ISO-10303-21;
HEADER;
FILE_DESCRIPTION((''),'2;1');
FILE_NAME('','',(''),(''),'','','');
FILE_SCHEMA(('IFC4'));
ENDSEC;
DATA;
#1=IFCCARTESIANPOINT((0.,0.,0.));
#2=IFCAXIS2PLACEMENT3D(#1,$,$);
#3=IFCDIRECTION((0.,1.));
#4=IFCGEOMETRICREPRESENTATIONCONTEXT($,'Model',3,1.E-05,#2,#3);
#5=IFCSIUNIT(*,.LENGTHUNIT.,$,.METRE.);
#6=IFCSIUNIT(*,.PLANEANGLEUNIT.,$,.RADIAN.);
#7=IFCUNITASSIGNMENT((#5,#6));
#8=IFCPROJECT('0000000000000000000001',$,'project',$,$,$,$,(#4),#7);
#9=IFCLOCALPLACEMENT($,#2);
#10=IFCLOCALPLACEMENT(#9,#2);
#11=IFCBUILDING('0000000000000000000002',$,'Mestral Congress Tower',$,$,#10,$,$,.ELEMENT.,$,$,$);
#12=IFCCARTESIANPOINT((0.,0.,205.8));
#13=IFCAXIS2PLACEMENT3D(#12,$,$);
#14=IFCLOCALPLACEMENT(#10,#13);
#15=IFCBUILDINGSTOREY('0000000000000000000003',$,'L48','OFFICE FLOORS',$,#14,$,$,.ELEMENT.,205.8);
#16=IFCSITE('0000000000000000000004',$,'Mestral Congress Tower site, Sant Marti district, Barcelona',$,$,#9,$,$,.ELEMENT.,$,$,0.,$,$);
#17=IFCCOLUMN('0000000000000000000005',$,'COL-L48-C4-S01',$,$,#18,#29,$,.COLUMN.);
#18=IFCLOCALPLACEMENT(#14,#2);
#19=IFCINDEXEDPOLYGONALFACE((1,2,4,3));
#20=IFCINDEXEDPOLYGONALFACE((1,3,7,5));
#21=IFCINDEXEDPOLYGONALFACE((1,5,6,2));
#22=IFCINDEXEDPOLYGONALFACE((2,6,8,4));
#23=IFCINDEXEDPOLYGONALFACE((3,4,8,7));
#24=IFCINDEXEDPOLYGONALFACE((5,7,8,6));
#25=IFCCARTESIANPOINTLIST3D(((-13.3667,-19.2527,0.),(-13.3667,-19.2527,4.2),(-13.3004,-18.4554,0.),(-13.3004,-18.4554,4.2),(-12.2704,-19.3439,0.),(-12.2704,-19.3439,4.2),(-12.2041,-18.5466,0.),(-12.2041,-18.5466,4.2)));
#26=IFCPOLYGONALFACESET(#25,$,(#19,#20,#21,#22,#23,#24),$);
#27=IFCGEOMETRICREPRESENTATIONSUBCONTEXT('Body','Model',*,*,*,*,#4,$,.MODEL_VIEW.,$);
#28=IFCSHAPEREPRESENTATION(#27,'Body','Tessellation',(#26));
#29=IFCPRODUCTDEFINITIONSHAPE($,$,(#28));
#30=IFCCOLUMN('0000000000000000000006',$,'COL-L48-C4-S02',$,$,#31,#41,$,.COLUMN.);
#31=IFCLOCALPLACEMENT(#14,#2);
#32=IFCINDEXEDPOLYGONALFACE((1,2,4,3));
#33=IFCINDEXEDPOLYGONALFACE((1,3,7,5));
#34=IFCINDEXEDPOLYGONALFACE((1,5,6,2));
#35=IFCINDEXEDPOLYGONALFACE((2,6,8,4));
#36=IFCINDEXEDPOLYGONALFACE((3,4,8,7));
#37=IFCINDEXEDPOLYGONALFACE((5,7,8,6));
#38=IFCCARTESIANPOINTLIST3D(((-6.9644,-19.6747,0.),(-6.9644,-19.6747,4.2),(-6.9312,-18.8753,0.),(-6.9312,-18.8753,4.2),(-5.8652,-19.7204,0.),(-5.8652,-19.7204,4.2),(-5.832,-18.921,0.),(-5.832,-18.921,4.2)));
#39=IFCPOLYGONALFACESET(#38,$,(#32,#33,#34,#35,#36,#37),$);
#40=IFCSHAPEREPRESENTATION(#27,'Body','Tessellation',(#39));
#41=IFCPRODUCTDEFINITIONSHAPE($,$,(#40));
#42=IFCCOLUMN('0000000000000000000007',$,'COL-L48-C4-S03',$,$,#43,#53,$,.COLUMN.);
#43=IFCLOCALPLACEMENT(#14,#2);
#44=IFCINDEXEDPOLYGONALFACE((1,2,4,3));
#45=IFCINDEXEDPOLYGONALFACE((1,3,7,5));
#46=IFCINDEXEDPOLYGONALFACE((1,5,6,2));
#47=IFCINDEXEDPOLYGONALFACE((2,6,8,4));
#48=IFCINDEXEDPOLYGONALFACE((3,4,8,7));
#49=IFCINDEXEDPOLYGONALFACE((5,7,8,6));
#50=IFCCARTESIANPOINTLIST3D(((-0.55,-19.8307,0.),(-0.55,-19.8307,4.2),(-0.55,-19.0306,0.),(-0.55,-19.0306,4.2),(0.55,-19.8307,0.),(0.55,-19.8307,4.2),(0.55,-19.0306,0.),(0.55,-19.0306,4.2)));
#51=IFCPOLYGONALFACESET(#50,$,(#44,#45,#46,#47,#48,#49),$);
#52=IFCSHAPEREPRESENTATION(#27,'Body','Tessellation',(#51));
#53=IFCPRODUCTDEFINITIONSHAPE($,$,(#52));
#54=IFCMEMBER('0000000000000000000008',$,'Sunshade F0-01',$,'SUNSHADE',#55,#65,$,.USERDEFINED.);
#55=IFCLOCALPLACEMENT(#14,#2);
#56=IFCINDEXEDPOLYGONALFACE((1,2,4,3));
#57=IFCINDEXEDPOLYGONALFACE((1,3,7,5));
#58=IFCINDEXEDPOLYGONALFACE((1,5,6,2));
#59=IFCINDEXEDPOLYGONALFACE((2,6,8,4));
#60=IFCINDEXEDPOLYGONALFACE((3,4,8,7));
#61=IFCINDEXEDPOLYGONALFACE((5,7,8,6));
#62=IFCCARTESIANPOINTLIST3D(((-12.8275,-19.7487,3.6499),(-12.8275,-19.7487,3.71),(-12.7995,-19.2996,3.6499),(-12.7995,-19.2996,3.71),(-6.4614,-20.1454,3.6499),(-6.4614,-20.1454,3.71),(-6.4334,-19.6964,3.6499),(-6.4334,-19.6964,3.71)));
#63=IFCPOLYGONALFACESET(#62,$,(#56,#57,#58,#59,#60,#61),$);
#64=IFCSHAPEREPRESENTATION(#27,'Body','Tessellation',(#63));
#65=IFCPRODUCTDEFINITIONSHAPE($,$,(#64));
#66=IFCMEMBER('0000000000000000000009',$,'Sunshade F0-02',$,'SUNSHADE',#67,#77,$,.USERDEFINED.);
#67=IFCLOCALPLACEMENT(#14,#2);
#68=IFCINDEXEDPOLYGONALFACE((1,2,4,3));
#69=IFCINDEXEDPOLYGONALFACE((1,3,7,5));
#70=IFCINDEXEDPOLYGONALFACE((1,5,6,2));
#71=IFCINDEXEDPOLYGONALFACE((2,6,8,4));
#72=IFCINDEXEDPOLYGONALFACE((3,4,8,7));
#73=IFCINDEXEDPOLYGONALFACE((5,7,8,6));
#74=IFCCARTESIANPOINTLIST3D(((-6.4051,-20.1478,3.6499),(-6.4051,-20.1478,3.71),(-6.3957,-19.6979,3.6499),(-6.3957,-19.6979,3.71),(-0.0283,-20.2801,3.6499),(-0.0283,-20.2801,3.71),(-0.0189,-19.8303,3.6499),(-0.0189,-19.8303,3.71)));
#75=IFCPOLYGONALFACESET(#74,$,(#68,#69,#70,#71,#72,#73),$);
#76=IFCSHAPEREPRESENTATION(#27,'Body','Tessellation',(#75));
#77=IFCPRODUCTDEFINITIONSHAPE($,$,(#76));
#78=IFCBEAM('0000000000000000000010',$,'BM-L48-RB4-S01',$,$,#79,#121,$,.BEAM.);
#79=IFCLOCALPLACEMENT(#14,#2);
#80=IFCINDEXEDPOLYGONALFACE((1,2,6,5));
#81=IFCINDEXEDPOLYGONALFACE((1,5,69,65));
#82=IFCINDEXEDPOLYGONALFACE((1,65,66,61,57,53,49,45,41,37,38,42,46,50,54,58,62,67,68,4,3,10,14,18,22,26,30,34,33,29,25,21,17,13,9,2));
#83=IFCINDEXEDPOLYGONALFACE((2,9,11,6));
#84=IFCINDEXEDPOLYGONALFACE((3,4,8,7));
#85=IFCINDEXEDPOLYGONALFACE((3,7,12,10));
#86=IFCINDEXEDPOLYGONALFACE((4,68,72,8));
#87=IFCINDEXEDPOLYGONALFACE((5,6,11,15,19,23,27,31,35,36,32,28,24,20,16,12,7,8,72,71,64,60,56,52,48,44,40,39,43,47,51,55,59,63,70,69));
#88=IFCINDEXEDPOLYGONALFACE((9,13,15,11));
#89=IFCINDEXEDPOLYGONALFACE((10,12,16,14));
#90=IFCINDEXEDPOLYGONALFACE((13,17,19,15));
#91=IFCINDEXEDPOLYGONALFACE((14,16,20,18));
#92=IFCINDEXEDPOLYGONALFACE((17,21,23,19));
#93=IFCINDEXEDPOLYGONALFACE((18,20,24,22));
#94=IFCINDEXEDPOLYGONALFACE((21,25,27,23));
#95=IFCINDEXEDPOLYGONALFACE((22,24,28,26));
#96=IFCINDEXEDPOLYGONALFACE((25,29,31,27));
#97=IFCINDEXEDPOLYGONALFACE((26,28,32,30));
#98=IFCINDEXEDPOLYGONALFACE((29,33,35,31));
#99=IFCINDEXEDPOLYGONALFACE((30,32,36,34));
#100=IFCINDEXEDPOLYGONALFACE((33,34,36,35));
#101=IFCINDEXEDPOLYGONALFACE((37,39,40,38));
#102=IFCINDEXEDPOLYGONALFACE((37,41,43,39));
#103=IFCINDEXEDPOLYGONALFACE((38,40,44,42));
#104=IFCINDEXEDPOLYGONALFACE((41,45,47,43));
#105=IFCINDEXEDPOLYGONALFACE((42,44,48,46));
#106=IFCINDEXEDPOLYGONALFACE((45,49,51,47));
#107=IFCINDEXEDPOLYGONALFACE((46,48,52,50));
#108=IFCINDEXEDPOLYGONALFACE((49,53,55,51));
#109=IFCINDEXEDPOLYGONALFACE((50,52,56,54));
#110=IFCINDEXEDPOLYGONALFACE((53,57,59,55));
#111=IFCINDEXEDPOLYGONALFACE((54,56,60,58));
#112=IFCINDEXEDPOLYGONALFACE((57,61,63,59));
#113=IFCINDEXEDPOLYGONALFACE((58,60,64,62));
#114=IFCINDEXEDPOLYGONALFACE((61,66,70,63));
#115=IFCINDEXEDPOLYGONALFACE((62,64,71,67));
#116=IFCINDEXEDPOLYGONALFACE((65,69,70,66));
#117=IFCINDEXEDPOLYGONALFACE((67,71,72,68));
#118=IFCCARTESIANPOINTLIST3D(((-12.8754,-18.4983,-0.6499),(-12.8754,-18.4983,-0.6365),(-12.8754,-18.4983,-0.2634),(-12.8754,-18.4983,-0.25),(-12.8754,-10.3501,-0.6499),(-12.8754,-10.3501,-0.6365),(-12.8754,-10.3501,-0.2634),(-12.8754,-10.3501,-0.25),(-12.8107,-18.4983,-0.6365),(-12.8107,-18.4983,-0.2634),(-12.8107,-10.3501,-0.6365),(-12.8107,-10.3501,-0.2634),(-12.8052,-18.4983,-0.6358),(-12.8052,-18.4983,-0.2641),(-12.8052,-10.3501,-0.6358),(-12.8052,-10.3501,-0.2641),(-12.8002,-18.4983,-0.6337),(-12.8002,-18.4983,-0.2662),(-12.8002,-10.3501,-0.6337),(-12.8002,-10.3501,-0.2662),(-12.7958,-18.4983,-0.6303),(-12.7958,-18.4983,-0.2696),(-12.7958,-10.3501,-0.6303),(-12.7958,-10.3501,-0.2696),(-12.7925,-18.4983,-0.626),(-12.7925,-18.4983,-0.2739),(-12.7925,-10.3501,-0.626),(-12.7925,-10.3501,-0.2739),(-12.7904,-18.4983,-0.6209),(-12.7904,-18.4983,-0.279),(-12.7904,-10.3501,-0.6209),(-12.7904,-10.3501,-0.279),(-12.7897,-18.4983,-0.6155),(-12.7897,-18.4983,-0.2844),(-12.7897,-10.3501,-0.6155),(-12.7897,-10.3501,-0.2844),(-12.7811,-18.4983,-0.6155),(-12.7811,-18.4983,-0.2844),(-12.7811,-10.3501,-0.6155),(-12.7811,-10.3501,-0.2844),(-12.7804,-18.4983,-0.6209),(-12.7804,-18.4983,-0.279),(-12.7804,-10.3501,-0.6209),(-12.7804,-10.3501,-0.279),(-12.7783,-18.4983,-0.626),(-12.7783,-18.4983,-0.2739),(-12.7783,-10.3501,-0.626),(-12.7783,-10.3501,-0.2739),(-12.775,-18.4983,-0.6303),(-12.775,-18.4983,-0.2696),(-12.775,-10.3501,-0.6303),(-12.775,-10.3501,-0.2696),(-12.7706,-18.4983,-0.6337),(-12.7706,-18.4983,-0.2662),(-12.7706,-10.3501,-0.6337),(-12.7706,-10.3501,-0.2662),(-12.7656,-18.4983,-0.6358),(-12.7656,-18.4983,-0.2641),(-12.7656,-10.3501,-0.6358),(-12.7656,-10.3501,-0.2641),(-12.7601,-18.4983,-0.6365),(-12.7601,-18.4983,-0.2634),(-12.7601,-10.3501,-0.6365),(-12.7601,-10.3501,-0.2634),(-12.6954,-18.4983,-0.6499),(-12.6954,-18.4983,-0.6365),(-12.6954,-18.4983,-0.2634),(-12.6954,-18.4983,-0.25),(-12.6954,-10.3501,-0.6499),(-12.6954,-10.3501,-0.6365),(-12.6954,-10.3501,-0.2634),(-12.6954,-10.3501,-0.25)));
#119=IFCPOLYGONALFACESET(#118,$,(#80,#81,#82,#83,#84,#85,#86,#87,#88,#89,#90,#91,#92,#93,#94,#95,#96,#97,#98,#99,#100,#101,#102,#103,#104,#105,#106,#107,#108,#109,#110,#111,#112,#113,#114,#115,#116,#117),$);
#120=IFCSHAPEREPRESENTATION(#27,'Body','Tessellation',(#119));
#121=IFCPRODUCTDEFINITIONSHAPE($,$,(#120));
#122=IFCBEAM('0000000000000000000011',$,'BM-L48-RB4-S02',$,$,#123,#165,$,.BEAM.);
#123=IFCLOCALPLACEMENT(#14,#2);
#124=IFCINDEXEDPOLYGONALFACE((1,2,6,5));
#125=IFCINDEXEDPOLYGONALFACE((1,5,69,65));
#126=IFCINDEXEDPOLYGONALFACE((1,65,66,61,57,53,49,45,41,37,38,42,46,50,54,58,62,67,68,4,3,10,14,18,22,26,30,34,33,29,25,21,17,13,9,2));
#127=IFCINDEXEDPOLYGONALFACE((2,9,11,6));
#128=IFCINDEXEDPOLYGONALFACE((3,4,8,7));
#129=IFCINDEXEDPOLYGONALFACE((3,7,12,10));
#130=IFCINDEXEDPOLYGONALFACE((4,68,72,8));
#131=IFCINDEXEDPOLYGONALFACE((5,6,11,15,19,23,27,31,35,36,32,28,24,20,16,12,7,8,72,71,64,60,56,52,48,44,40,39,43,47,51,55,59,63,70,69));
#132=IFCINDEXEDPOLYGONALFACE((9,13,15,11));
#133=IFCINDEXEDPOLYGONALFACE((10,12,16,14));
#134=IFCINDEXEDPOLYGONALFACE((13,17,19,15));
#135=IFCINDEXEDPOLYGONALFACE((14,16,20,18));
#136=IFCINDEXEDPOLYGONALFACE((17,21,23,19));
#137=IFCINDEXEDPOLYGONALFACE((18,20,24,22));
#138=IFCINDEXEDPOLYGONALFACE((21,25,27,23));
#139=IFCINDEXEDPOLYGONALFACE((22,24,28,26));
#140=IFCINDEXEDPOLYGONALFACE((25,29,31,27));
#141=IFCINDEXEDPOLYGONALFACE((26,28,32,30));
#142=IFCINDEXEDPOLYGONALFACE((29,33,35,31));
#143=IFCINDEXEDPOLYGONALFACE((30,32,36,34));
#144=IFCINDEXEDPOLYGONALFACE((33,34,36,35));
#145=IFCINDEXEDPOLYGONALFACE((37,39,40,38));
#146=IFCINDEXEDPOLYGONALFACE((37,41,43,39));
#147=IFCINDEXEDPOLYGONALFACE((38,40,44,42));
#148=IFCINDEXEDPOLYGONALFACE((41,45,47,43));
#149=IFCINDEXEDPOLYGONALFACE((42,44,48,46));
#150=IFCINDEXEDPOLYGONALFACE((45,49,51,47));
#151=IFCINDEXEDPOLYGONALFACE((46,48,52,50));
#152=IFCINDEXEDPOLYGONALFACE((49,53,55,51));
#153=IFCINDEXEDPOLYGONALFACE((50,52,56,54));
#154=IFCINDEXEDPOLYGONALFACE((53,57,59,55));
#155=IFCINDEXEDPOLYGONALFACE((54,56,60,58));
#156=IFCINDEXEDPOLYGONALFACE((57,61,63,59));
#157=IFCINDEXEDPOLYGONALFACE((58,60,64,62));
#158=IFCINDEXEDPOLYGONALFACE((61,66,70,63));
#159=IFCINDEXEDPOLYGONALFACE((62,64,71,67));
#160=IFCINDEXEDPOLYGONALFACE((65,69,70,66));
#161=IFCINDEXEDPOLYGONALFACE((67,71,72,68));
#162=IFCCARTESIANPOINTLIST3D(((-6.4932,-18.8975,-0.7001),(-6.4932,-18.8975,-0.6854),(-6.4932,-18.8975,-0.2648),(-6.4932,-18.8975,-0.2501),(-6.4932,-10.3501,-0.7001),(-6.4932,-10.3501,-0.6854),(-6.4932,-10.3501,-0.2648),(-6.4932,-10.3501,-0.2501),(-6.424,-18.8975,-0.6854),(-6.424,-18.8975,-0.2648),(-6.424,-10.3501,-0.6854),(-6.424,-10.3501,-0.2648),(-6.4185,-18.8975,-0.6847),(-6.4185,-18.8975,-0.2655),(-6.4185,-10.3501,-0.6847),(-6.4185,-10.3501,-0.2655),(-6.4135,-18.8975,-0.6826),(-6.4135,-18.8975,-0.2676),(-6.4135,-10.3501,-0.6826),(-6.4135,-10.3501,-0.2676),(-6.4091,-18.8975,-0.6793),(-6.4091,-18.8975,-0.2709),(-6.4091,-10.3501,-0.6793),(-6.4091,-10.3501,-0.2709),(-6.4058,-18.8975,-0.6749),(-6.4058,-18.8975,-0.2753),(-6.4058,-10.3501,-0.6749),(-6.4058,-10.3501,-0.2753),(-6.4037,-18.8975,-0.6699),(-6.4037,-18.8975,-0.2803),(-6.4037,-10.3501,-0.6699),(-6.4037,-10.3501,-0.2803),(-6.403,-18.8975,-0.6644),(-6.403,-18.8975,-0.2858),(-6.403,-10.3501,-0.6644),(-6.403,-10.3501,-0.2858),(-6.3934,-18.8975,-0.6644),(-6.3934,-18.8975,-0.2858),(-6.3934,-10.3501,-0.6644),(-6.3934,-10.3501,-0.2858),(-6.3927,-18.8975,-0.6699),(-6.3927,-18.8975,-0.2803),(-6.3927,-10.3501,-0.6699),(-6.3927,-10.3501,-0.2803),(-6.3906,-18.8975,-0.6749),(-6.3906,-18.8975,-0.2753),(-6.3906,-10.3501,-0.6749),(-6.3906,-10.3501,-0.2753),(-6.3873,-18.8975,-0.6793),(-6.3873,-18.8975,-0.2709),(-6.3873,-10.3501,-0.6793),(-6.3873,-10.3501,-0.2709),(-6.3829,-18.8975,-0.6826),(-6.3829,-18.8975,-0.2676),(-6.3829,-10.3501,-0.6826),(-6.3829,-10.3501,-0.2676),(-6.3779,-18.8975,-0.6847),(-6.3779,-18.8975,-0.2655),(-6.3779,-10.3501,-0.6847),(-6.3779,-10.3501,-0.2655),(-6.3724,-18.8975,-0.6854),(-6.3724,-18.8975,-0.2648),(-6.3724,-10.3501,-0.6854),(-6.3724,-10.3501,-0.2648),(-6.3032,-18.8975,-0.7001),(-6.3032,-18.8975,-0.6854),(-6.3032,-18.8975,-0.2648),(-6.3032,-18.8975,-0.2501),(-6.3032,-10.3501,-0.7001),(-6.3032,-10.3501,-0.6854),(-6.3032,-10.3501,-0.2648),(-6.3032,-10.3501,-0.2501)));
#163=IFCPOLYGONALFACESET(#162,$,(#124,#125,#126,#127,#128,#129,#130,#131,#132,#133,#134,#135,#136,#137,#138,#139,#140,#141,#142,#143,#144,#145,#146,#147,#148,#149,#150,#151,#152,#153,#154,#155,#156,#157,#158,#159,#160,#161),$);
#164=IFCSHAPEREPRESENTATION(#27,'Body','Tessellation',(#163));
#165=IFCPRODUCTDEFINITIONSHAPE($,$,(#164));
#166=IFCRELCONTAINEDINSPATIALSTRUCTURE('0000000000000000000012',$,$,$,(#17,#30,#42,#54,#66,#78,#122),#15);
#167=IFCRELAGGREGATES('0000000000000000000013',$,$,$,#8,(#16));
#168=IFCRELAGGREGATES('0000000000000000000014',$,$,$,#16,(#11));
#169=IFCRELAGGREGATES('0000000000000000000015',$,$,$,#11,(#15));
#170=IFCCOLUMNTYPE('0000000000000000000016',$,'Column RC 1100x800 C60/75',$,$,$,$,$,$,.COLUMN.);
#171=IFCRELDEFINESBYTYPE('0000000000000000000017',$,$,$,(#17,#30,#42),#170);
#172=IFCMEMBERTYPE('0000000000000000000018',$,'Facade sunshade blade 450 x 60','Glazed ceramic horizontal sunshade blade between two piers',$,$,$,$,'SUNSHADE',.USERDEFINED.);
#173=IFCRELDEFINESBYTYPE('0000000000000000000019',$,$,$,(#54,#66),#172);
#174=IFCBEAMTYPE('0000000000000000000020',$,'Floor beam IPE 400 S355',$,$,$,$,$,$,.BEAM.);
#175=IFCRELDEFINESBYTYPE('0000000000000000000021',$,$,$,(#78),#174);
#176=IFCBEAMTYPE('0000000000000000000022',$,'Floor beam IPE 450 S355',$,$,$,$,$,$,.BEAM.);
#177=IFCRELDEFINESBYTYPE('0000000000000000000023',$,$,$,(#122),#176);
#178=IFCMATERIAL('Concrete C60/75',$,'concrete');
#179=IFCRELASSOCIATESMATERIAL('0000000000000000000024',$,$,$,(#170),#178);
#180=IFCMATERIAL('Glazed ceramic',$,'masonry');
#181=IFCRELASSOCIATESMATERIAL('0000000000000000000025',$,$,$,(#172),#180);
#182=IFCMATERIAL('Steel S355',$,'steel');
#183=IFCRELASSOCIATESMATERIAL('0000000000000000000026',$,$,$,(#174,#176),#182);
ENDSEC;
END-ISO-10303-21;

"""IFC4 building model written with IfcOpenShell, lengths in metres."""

from ifc_helpers import new_model, si_unit, direction, frame, origin, origin_2d, place, context, subcontext, project, spatial, rectangle, i_section, extrude, material, material_profile, profile_set, type_object, element, save


model = new_model("IFC4")

# Units and contexts
model_context = context("Model", 3, precision=1e-05, world=origin(), true_north=direction((0.0, 1.0)))
body_context = subcontext(model_context, "Body", "Model", "MODEL_VIEW")
ifc_project = project(units=[si_unit("LENGTHUNIT", "METRE"), si_unit("PLANEANGLEUNIT", "RADIAN")], contexts=[model_context])

# Site, building, storey
site_placement = place(None, origin())
site = spatial("IfcSite", under=ifc_project, at=site_placement, Name="Mestral Congress Tower site, Sant Marti district, Barcelona", CompositionType="ELEMENT", RefElevation=0.0)
building_placement = place(site_placement, origin())
building = spatial("IfcBuilding", under=site, at=building_placement, Name="Mestral Congress Tower", CompositionType="ELEMENT")
storey_placement = place(building_placement, frame((0.0, 0.0, 205.8)))
storey = spatial("IfcBuildingStorey", under=building, at=storey_placement, Name="L48", Description="OFFICE FLOORS", CompositionType="ELEMENT", Elevation=205.8)

# Columns
ifc_material_1 = material(Name="Concrete C60/75", Category="concrete")
ifc_material_profile_1 = material_profile(ifc_material_1, rectangle(XDim=1.1001, YDim=0.8, at=origin_2d()), Name="RC 1100x800")
ifc_profile_set_1 = profile_set([ifc_material_profile_1], Name="Concrete C60/75")
column_type = type_object("IfcColumnType", Name="Column RC 1100x800 C60/75", PredefinedType="COLUMN", material=ifc_profile_set_1)
for number, where, z_axis, x_axis, name in (
    (1, (-12.7854, -18.8997, 0.0), (0.0, 0.0, 1.0), (0.996557, -0.082914, 0.0), "COL-L48-C4-S01"),
    (2, (-6.3982, -19.2979, 0.0), (0.0, 0.0, 1.0), (0.999139, -0.041492, 0.0), "COL-L48-C4-S02"),
    (3, (0.0, -19.4307, 0.0), (0.0, 0.0, 1.0), (1.0, 0.0, 0.0), "COL-L48-C4-S03"),
):
    element("IfcColumn", number, at=place(storey_placement, frame(where, z_axis=z_axis, x_axis=x_axis)), inside=storey, type_object=column_type, Name=name, PredefinedType="COLUMN", context=body_context, shape_type="SweptSolid", body=[
        extrude(rectangle(XDim=1.1001, YDim=0.8, at=origin_2d()), origin(), (0.0, 0.0, 1.0), 4.2),
    ])

# Members
ifc_material_2 = material(Name="Glazed ceramic", Category="masonry")
ifc_material_profile_2 = material_profile(ifc_material_2, rectangle(XDim=0.45, YDim=0.0601, at=origin_2d()), Name="Ceramic blade 450 x 60")
ifc_profile_set_2 = profile_set([ifc_material_profile_2], Name="Glazed ceramic")
member_type = type_object("IfcMemberType", Name="Facade sunshade blade 450 x 60", Description="Glazed ceramic horizontal sunshade blade between two piers", ElementType="SUNSHADE", PredefinedType="USERDEFINED", material=ifc_profile_set_2)
member_1_placement = place(storey_placement, frame((-12.8135, -19.5242, 3.6799), z_axis=(0.998064, -0.0622, 0.0), x_axis=(0.0622, 0.998064, 0.0)))
element("IfcMember", 4, at=member_1_placement, inside=storey, type_object=member_type, Name="Sunshade F0-01", ObjectType="SUNSHADE", PredefinedType="USERDEFINED", context=body_context, shape_type="SweptSolid", body=[
    extrude(rectangle(XDim=0.45, YDim=0.0601, at=origin_2d()), origin(), (0.0, 0.0, 1.0), 6.3784),
])
member_2_placement = place(storey_placement, frame((-6.4004, -19.9229, 3.6799), z_axis=(0.999785, -0.020747, 0.0), x_axis=(0.020747, 0.999785, 0.0)))
element("IfcMember", 5, at=member_2_placement, inside=storey, type_object=member_type, Name="Sunshade F0-02", ObjectType="SUNSHADE", PredefinedType="USERDEFINED", context=body_context, shape_type="SweptSolid", body=[
    extrude(rectangle(XDim=0.45, YDim=0.0601, at=origin_2d()), origin(), (0.0, 0.0, 1.0), 6.3782),
])

# Beams
ifc_material_3 = material(Name="Steel S355", Category="steel")
ifc_material_profile_3 = material_profile(ifc_material_3, i_section(OverallWidth=0.1799, OverallDepth=0.3999, WebThickness=0.0085, FlangeThickness=0.0134, FilletRadius=0.021, at=origin_2d()), Name="IPE 400")
ifc_profile_set_3 = profile_set([ifc_material_profile_3], Name="Steel S355")
beam_type_1 = type_object("IfcBeamType", Name="Floor beam IPE 400 S355", PredefinedType="BEAM", material=ifc_profile_set_3)
beam_1_placement = place(storey_placement, frame((-12.7854, -18.4983, -0.45), z_axis=(0.0, 1.0, 0.0), x_axis=(-1.0, 0.0, 0.0)))
element("IfcBeam", 6, at=beam_1_placement, inside=storey, type_object=beam_type_1, Name="BM-L48-RB4-S01", PredefinedType="BEAM", context=body_context, shape_type="SweptSolid", body=[
    extrude(i_section(OverallWidth=0.1799, OverallDepth=0.3999, WebThickness=0.0085, FlangeThickness=0.0134, FilletRadius=0.021, at=origin_2d()), origin(), (0.0, 0.0, 1.0), 8.1482),
])
ifc_material_profile_4 = material_profile(ifc_material_3, i_section(OverallWidth=0.1899, OverallDepth=0.45, WebThickness=0.0095, FlangeThickness=0.0146, FilletRadius=0.021, at=origin_2d()), Name="IPE 450")
ifc_profile_set_4 = profile_set([ifc_material_profile_4], Name="Steel S355")
beam_type_2 = type_object("IfcBeamType", Name="Floor beam IPE 450 S355", PredefinedType="BEAM", material=ifc_profile_set_4)
beam_2_placement = place(storey_placement, frame((-6.3982, -18.8975, -0.4751), z_axis=(0.0, 1.0, 0.0), x_axis=(-1.0, 0.0, 0.0)))
element("IfcBeam", 7, at=beam_2_placement, inside=storey, type_object=beam_type_2, Name="BM-L48-RB4-S02", PredefinedType="BEAM", context=body_context, shape_type="SweptSolid", body=[
    extrude(i_section(OverallWidth=0.1899, OverallDepth=0.45, WebThickness=0.0095, FlangeThickness=0.0146, FilletRadius=0.021, at=origin_2d()), origin(), (0.0, 0.0, 1.0), 8.5474),
])

save(model, "model.ifc")
